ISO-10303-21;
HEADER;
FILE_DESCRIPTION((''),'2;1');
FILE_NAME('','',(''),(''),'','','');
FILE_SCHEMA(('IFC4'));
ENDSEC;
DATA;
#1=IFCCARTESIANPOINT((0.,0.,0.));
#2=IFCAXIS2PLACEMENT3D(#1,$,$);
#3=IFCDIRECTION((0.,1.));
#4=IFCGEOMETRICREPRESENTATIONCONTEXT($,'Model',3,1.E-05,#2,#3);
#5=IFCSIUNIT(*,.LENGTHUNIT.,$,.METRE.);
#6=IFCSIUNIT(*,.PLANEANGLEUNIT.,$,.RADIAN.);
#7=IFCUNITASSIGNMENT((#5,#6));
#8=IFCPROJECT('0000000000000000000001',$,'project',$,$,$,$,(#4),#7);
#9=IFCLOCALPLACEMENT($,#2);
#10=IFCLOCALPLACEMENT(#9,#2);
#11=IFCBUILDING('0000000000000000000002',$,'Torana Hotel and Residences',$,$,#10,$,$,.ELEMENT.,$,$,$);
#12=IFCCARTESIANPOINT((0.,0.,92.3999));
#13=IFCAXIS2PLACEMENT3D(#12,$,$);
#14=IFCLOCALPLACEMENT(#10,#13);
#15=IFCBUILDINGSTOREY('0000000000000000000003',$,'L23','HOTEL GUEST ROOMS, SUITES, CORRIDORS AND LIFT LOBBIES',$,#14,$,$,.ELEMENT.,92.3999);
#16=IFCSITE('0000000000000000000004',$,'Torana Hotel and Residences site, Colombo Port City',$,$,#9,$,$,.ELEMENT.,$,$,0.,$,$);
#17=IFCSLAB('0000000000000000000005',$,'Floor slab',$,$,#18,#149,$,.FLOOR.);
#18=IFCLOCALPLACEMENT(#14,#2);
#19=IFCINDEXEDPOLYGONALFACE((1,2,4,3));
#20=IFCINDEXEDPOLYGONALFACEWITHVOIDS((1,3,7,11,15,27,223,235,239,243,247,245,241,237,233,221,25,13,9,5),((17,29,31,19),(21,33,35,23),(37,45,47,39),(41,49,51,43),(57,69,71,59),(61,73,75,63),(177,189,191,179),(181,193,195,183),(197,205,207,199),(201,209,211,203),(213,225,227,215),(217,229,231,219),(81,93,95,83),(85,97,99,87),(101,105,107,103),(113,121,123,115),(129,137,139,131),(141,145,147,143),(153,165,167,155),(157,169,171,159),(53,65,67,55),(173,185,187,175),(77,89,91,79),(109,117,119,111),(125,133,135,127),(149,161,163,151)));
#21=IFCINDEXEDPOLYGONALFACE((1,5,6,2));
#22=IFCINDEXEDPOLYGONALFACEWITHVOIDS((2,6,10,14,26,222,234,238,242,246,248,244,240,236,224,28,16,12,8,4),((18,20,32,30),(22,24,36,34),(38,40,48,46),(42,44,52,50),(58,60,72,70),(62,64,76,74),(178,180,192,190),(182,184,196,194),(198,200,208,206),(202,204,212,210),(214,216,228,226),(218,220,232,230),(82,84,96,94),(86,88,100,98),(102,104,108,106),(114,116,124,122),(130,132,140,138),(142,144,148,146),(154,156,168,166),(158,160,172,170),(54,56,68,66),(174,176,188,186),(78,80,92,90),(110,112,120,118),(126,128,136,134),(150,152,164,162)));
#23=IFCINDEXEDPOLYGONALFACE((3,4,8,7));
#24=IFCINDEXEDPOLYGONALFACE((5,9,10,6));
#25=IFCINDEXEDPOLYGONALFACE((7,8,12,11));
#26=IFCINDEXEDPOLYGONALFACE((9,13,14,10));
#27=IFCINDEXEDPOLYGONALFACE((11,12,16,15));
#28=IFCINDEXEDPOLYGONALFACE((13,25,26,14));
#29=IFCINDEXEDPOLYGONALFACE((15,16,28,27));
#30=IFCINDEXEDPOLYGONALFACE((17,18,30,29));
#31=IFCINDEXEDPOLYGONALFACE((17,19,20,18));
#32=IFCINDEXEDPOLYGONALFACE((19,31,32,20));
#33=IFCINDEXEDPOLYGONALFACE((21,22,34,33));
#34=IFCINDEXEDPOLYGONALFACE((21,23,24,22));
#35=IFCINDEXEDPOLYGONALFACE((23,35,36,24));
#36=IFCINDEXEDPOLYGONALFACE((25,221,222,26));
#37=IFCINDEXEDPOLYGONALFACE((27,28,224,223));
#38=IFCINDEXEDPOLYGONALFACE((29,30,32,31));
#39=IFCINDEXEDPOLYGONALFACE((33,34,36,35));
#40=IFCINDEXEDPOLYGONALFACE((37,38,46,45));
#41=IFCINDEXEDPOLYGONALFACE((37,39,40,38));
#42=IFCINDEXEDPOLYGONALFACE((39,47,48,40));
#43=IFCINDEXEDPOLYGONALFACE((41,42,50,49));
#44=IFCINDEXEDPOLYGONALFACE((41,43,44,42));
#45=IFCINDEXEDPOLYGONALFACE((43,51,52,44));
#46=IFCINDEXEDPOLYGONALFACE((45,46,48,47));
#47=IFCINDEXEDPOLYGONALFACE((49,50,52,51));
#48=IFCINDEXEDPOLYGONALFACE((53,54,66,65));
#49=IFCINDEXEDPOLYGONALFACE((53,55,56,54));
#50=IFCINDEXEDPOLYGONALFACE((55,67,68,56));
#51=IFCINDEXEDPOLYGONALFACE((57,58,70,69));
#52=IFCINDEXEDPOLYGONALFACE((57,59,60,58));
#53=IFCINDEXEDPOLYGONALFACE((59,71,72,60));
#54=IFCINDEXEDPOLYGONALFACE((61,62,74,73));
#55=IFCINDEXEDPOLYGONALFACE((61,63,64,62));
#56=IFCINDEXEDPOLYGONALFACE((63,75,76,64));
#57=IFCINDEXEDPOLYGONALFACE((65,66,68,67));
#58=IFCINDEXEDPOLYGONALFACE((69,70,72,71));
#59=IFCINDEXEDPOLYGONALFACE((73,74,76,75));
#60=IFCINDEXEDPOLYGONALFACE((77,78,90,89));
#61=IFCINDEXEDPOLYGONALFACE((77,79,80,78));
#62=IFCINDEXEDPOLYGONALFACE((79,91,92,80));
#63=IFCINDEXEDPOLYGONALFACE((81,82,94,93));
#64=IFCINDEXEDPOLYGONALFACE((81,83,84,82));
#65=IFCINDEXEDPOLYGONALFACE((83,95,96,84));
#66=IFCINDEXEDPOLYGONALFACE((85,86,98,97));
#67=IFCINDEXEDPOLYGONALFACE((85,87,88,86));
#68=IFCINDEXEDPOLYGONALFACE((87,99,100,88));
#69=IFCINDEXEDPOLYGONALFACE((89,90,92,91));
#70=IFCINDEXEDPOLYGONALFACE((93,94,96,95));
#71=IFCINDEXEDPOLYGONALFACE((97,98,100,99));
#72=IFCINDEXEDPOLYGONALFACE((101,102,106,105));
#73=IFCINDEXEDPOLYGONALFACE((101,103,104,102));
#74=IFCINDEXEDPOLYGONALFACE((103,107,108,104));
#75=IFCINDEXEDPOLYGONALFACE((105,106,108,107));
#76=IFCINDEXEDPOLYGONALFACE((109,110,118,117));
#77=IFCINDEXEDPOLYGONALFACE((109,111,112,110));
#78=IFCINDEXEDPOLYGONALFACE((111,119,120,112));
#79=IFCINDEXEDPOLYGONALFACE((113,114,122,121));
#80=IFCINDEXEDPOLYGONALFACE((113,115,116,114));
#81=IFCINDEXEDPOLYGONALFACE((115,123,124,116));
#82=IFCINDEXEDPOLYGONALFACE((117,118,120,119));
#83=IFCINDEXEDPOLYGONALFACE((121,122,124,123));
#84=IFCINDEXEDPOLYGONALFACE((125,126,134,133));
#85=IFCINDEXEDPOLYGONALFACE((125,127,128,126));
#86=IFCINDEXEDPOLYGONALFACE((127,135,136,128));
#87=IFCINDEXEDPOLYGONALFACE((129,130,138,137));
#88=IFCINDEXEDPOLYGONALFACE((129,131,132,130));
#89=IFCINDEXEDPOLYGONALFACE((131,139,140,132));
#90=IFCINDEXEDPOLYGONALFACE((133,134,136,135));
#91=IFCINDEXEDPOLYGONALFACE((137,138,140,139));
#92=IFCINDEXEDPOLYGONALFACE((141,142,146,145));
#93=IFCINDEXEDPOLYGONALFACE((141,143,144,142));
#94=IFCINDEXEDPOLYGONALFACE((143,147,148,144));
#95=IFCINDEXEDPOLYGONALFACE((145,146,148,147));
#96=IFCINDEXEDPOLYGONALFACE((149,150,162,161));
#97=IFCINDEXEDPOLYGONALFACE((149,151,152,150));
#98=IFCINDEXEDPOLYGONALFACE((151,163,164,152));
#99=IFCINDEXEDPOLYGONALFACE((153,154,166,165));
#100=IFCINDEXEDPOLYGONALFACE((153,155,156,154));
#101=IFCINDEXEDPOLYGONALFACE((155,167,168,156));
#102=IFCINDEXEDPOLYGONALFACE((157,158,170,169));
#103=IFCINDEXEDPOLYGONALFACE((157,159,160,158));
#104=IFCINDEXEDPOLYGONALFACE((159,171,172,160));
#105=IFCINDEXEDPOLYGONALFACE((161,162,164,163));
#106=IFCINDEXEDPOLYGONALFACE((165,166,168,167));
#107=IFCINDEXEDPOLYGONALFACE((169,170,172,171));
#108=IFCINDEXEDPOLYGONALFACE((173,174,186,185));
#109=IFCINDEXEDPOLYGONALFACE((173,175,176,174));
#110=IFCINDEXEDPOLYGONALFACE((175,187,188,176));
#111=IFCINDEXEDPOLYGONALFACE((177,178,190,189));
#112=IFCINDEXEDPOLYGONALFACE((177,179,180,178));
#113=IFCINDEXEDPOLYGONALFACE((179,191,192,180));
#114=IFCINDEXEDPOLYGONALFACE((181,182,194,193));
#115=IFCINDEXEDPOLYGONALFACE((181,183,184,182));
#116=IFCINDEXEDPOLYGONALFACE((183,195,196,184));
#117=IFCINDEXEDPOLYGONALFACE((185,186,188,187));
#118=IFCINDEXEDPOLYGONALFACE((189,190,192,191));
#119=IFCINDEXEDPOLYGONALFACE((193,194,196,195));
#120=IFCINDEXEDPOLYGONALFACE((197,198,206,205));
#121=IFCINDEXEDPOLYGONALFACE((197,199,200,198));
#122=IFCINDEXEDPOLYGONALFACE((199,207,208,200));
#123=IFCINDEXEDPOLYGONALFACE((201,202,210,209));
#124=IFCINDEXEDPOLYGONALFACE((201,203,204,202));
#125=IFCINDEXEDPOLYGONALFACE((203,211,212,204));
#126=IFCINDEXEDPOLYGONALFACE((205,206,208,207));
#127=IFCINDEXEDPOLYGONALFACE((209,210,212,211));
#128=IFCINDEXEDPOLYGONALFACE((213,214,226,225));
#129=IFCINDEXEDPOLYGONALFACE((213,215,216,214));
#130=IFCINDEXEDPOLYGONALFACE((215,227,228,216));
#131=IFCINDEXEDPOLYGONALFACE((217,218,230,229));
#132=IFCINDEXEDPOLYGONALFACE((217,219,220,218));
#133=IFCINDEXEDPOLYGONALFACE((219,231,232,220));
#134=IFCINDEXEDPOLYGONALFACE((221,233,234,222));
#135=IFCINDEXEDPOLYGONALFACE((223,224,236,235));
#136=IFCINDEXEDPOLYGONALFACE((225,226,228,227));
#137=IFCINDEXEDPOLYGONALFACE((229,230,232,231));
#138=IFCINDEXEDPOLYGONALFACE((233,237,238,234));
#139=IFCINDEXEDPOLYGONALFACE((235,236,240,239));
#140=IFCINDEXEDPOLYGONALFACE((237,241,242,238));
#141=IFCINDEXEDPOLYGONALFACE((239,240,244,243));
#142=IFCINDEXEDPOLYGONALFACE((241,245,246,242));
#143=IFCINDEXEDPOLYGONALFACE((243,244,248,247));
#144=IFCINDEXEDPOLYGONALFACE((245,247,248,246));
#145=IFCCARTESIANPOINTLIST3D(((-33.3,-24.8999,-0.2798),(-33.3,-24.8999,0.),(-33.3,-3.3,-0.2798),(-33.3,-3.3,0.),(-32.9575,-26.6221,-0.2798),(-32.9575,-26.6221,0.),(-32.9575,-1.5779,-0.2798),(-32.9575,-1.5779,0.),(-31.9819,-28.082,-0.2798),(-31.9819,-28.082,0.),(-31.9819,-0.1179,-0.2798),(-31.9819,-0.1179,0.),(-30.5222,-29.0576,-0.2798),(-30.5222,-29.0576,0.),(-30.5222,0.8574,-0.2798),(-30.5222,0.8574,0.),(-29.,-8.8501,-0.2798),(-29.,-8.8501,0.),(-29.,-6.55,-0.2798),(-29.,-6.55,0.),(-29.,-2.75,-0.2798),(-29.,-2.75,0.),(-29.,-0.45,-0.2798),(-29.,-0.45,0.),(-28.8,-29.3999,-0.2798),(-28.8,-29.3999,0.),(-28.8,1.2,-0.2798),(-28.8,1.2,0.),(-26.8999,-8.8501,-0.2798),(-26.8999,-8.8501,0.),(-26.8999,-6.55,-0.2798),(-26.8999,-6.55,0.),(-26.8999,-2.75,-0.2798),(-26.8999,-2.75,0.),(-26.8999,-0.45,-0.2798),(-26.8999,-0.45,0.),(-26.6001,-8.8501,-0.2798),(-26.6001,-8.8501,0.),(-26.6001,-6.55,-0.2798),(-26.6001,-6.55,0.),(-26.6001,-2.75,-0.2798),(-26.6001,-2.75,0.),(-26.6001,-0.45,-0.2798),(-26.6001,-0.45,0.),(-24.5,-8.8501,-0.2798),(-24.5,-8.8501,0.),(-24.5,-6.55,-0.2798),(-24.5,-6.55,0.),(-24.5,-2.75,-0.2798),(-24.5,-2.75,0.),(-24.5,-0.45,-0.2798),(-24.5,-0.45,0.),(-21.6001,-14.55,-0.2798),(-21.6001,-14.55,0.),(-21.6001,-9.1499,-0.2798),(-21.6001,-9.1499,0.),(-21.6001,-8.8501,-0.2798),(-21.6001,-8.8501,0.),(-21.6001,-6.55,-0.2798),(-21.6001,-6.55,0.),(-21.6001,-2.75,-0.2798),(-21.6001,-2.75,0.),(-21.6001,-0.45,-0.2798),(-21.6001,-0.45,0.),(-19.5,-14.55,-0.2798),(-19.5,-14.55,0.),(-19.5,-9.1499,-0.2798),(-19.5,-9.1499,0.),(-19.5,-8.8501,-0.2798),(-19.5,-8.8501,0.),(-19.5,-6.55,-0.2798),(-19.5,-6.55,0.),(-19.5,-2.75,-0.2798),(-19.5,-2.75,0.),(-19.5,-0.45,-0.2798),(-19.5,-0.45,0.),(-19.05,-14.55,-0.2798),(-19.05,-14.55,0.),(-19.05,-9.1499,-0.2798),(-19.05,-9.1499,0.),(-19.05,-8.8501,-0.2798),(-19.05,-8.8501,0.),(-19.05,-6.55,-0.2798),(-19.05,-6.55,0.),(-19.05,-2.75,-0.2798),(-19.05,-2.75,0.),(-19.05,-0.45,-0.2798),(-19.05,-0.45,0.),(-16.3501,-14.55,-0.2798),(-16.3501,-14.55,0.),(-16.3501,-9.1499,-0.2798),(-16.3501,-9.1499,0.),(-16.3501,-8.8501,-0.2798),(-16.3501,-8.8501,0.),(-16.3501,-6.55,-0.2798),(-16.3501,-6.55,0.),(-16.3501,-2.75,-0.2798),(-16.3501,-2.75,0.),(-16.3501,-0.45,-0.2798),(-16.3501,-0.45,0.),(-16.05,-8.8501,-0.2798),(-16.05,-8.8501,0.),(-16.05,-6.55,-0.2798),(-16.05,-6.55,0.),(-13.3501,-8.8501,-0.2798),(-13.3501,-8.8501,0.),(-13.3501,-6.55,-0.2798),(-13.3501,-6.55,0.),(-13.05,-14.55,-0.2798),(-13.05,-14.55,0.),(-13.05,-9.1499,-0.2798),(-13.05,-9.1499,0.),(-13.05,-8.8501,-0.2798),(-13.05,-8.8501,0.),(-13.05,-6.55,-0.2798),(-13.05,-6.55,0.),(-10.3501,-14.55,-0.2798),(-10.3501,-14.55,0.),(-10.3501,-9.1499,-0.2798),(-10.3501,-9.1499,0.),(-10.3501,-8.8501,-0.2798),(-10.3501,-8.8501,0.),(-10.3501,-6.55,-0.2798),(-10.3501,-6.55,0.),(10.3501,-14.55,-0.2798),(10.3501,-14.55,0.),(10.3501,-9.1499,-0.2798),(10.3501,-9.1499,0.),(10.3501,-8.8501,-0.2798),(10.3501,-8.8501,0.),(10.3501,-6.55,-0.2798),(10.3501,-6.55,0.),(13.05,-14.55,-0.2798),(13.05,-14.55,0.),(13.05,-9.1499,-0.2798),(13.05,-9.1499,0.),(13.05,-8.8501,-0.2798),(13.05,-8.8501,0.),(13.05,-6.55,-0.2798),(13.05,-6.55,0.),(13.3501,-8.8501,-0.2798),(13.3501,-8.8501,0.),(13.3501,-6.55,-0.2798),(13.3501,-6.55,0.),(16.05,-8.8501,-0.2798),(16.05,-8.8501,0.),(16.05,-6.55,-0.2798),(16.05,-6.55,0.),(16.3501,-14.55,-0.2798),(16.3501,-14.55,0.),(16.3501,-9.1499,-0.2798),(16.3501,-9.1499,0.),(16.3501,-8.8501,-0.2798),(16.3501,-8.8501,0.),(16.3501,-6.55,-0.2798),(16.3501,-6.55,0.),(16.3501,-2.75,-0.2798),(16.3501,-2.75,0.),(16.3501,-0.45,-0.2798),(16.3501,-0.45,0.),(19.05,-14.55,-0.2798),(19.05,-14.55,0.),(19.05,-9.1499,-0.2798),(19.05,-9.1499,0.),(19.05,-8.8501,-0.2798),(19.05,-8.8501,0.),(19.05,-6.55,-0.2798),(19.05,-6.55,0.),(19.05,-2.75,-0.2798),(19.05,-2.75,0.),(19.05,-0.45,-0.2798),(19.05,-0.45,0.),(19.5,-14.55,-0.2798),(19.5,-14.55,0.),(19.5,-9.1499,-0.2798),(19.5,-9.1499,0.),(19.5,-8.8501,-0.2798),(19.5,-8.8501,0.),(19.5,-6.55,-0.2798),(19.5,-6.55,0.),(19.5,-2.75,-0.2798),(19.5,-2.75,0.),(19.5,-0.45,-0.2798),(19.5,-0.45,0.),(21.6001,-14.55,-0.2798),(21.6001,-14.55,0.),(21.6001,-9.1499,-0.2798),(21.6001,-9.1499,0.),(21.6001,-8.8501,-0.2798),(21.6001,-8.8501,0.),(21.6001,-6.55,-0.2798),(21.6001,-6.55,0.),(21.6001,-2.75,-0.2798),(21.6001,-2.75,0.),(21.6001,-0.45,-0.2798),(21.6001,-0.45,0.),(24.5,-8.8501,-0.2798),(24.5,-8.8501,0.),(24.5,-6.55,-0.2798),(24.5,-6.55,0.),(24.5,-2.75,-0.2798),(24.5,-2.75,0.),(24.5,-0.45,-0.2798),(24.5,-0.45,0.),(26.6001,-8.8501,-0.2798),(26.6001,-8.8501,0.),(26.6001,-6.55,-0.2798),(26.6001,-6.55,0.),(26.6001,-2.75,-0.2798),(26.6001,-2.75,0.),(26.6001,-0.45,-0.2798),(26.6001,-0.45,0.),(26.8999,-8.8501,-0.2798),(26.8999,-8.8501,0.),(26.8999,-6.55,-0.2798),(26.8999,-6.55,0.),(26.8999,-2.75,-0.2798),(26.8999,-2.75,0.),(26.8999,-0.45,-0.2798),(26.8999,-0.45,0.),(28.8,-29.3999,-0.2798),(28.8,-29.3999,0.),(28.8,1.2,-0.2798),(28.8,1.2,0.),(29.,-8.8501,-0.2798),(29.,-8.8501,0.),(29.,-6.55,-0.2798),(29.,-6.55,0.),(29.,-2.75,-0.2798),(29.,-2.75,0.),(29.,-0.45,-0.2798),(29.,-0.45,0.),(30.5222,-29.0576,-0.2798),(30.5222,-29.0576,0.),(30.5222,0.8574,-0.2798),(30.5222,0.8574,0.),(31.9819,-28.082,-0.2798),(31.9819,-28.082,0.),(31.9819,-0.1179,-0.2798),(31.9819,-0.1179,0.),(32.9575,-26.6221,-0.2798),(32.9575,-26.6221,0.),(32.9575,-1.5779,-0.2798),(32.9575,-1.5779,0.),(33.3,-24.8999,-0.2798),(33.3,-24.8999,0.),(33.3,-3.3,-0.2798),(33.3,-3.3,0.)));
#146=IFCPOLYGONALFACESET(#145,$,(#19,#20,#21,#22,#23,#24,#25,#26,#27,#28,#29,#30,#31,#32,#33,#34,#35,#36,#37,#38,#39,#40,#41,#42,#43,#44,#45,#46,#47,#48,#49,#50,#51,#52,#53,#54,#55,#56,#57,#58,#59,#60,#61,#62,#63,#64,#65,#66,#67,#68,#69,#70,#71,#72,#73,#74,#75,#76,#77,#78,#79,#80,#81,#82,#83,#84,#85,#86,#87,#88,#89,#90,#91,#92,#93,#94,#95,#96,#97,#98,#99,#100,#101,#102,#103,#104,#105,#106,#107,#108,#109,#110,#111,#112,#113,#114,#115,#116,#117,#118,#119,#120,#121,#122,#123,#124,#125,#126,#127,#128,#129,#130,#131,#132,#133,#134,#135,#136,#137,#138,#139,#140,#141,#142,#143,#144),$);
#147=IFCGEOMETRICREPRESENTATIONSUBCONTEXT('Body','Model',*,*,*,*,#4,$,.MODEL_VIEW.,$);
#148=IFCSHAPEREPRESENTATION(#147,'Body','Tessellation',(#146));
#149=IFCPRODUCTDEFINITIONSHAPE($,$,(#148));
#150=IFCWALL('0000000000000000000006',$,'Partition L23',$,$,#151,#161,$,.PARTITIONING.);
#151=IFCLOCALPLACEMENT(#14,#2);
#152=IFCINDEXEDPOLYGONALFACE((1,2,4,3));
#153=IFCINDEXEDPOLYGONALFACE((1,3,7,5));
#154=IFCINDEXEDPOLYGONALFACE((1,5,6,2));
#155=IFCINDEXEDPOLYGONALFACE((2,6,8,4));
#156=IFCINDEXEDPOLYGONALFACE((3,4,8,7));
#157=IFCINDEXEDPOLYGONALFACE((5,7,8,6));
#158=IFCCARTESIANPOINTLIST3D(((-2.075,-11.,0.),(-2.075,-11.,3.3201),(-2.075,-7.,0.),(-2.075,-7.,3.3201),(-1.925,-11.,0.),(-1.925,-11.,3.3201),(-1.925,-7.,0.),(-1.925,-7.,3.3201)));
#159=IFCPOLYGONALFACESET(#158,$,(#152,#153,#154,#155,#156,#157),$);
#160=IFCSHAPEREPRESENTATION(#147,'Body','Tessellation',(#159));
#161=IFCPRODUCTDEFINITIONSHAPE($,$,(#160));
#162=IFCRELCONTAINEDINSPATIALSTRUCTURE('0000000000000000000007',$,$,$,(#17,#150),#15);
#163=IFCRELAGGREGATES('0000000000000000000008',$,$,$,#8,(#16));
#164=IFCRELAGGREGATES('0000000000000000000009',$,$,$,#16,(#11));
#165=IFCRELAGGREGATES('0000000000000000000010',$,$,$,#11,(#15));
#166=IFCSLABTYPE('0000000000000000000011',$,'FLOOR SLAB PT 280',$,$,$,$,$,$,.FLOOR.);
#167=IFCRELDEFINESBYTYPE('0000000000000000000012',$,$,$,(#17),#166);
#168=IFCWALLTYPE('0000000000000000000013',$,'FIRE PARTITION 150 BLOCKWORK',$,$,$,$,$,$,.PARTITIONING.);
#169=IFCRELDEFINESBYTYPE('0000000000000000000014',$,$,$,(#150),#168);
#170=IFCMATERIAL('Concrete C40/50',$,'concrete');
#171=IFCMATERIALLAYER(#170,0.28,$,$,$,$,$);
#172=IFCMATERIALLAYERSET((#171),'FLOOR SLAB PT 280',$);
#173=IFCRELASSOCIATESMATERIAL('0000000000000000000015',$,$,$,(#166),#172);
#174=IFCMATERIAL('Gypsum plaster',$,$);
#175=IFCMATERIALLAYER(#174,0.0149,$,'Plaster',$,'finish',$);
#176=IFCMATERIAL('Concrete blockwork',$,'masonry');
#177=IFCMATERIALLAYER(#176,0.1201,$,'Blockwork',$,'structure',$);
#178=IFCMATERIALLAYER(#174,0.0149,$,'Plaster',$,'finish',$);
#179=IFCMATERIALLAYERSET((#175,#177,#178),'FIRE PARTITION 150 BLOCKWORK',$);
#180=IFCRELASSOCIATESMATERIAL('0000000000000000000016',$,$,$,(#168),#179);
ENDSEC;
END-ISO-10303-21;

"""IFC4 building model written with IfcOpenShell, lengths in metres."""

from ifc_helpers import new_model, si_unit, direction, frame, frame_2d, origin, place, context, subcontext, project, spatial, polyline, rectangle, outline, extrude, material, layer, layer_set, type_object, element, save


model = new_model("IFC4")

# Units and contexts
model_context = context("Model", 3, precision=1e-05, world=origin(), true_north=direction((0.0, 1.0)))
body_context = subcontext(model_context, "Body", "Model", "MODEL_VIEW")
ifc_project = project(units=[si_unit("LENGTHUNIT", "METRE"), si_unit("PLANEANGLEUNIT", "RADIAN")], contexts=[model_context])

# Site, building, storey
site_placement = place(None, origin())
site = spatial("IfcSite", under=ifc_project, at=site_placement, Name="Torana Hotel and Residences site, Colombo Port City", CompositionType="ELEMENT", RefElevation=0.0)
building_placement = place(site_placement, origin())
building = spatial("IfcBuilding", under=site, at=building_placement, Name="Torana Hotel and Residences", CompositionType="ELEMENT")
storey_placement = place(building_placement, frame((0.0, 0.0, 92.3999)))
storey = spatial("IfcBuildingStorey", under=building, at=storey_placement, Name="L23", Description="HOTEL GUEST ROOMS, SUITES, CORRIDORS AND LIFT LOBBIES", CompositionType="ELEMENT", Elevation=92.3999)

# Slab
ifc_material_1 = material(Name="Concrete C40/50", Category="concrete")
ifc_layer_1 = layer(ifc_material_1, 0.28)
ifc_layer_set_1 = layer_set([ifc_layer_1], Name="FLOOR SLAB PT 280")
slab_type_1 = type_object("IfcSlabType", Name="FLOOR SLAB PT 280", PredefinedType="FLOOR", material=ifc_layer_set_1)
slab_1_placement = place(storey_placement, frame((0.0, 0.0, -0.2798)))
element("IfcSlab", 1, at=slab_1_placement, inside=storey, type_object=slab_type_1, Name="Floor slab", PredefinedType="FLOOR", context=body_context, shape_type="SweptSolid", body=[
    extrude(outline(polyline([(33.3, -3.3), (32.9575, -1.5779), (31.9819, -0.1179), (30.5222, 0.8574), (28.8, 1.2), (-28.8, 1.2), (-30.5222, 0.8574), (-31.9819, -0.1179), (-32.9575, -1.5779), (-33.3, -3.3), (-33.3, -24.8999), (-32.9575, -26.6221), (-31.9819, -28.082), (-30.5222, -29.0576), (-28.8, -29.3999), (28.8, -29.3999), (30.5222, -29.0576), (31.9819, -28.082), (32.9575, -26.6221), (33.3, -24.8999), (33.3, -3.3)]), holes=[polyline([(-13.05, -14.55), (-10.3501, -14.55), (-10.3501, -9.1499), (-13.05, -9.1499), (-13.05, -14.55)]), polyline([(-19.05, -14.55), (-16.3501, -14.55), (-16.3501, -9.1499), (-19.05, -9.1499), (-19.05, -14.55)]), polyline([(-19.05, -2.75), (-16.3501, -2.75), (-16.3501, -0.45), (-19.05, -0.45), (-19.05, -2.75)]), polyline([(-26.6001, -2.75), (-24.5, -2.75), (-24.5, -0.45), (-26.6001, -0.45), (-26.6001, -2.75)]), polyline([(-29.0, -2.75), (-26.8999, -2.75), (-26.8999, -0.45), (-29.0, -0.45), (-29.0, -2.75)]), polyline([(-26.6001, -8.8501), (-24.5, -8.8501), (-24.5, -6.55), (-26.6001, -6.55), (-26.6001, -8.8501)]), polyline([(-29.0, -8.8501), (-26.8999, -8.8501), (-26.8999, -6.55), (-29.0, -6.55), (-29.0, -8.8501)]), polyline([(-21.6001, -2.75), (-19.5, -2.75), (-19.5, -0.45), (-21.6001, -0.45), (-21.6001, -2.75)]), polyline([(-21.6001, -8.8501), (-19.5, -8.8501), (-19.5, -6.55), (-21.6001, -6.55), (-21.6001, -8.8501)]), polyline([(-13.05, -8.8501), (-10.3501, -8.8501), (-10.3501, -6.55), (-13.05, -6.55), (-13.05, -8.8501)]), polyline([(-16.05, -8.8501), (-13.3501, -8.8501), (-13.3501, -6.55), (-16.05, -6.55), (-16.05, -8.8501)]), polyline([(-19.05, -8.8501), (-16.3501, -8.8501), (-16.3501, -6.55), (-19.05, -6.55), (-19.05, -8.8501)]), polyline([(-21.6001, -14.55), (-19.5, -14.55), (-19.5, -9.1499), (-21.6001, -9.1499), (-21.6001, -14.55)]), polyline([(10.3501, -14.55), (13.05, -14.55), (13.05, -9.1499), (10.3501, -9.1499), (10.3501, -14.55)]), polyline([(16.3501, -14.55), (19.05, -14.55), (19.05, -9.1499), (16.3501, -9.1499), (16.3501, -14.55)]), polyline([(16.3501, -2.75), (19.05, -2.75), (19.05, -0.45), (16.3501, -0.45), (16.3501, -2.75)]), polyline([(24.5, -2.75), (26.6001, -2.75), (26.6001, -0.45), (24.5, -0.45), (24.5, -2.75)]), polyline([(26.8999, -2.75), (29.0, -2.75), (29.0, -0.45), (26.8999, -0.45), (26.8999, -2.75)]), polyline([(24.5, -8.8501), (26.6001, -8.8501), (26.6001, -6.55), (24.5, -6.55), (24.5, -8.8501)]), polyline([(26.8999, -8.8501), (29.0, -8.8501), (29.0, -6.55), (26.8999, -6.55), (26.8999, -8.8501)]), polyline([(19.5, -2.75), (21.6001, -2.75), (21.6001, -0.45), (19.5, -0.45), (19.5, -2.75)]), polyline([(19.5, -8.8501), (21.6001, -8.8501), (21.6001, -6.55), (19.5, -6.55), (19.5, -8.8501)]), polyline([(10.3501, -8.8501), (13.05, -8.8501), (13.05, -6.55), (10.3501, -6.55), (10.3501, -8.8501)]), polyline([(13.3501, -8.8501), (16.05, -8.8501), (16.05, -6.55), (13.3501, -6.55), (13.3501, -8.8501)]), polyline([(16.3501, -8.8501), (19.05, -8.8501), (19.05, -6.55), (16.3501, -6.55), (16.3501, -8.8501)]), polyline([(19.5, -14.55), (21.6001, -14.55), (21.6001, -9.1499), (19.5, -9.1499), (19.5, -14.55)])]), origin(), (0.0, 0.0, 1.0), 0.2798),
])

# Wall
ifc_material_2 = material(Name="Gypsum plaster")
ifc_layer_2 = layer(ifc_material_2, 0.0149, Name="Plaster", Category="finish")
ifc_material_3 = material(Name="Concrete blockwork", Category="masonry")
ifc_layer_3 = layer(ifc_material_3, 0.1201, Name="Blockwork", Category="structure")
ifc_layer_4 = layer(ifc_material_2, 0.0149, Name="Plaster", Category="finish")
ifc_layer_set_2 = layer_set([ifc_layer_2, ifc_layer_3, ifc_layer_4], Name="FIRE PARTITION 150 BLOCKWORK")
wall_type_1 = type_object("IfcWallType", Name="FIRE PARTITION 150 BLOCKWORK", PredefinedType="PARTITIONING", material=ifc_layer_set_2)
wall_1_placement = place(storey_placement, frame((-2.0, -11.0, 0.0), z_axis=(0.0, 0.0, 1.0), x_axis=(0.0, 1.0, 0.0)))
element("IfcWall", 2, at=wall_1_placement, inside=storey, type_object=wall_type_1, Name="Partition L23", PredefinedType="PARTITIONING", context=body_context, shape_type="SweptSolid", body=[
    extrude(rectangle(XDim=4.0, YDim=0.1499, at=frame_2d((2.0, 0.0))), origin(), (0.0, 0.0, 1.0), 3.3201),
])

save(model, "model.ifc")
